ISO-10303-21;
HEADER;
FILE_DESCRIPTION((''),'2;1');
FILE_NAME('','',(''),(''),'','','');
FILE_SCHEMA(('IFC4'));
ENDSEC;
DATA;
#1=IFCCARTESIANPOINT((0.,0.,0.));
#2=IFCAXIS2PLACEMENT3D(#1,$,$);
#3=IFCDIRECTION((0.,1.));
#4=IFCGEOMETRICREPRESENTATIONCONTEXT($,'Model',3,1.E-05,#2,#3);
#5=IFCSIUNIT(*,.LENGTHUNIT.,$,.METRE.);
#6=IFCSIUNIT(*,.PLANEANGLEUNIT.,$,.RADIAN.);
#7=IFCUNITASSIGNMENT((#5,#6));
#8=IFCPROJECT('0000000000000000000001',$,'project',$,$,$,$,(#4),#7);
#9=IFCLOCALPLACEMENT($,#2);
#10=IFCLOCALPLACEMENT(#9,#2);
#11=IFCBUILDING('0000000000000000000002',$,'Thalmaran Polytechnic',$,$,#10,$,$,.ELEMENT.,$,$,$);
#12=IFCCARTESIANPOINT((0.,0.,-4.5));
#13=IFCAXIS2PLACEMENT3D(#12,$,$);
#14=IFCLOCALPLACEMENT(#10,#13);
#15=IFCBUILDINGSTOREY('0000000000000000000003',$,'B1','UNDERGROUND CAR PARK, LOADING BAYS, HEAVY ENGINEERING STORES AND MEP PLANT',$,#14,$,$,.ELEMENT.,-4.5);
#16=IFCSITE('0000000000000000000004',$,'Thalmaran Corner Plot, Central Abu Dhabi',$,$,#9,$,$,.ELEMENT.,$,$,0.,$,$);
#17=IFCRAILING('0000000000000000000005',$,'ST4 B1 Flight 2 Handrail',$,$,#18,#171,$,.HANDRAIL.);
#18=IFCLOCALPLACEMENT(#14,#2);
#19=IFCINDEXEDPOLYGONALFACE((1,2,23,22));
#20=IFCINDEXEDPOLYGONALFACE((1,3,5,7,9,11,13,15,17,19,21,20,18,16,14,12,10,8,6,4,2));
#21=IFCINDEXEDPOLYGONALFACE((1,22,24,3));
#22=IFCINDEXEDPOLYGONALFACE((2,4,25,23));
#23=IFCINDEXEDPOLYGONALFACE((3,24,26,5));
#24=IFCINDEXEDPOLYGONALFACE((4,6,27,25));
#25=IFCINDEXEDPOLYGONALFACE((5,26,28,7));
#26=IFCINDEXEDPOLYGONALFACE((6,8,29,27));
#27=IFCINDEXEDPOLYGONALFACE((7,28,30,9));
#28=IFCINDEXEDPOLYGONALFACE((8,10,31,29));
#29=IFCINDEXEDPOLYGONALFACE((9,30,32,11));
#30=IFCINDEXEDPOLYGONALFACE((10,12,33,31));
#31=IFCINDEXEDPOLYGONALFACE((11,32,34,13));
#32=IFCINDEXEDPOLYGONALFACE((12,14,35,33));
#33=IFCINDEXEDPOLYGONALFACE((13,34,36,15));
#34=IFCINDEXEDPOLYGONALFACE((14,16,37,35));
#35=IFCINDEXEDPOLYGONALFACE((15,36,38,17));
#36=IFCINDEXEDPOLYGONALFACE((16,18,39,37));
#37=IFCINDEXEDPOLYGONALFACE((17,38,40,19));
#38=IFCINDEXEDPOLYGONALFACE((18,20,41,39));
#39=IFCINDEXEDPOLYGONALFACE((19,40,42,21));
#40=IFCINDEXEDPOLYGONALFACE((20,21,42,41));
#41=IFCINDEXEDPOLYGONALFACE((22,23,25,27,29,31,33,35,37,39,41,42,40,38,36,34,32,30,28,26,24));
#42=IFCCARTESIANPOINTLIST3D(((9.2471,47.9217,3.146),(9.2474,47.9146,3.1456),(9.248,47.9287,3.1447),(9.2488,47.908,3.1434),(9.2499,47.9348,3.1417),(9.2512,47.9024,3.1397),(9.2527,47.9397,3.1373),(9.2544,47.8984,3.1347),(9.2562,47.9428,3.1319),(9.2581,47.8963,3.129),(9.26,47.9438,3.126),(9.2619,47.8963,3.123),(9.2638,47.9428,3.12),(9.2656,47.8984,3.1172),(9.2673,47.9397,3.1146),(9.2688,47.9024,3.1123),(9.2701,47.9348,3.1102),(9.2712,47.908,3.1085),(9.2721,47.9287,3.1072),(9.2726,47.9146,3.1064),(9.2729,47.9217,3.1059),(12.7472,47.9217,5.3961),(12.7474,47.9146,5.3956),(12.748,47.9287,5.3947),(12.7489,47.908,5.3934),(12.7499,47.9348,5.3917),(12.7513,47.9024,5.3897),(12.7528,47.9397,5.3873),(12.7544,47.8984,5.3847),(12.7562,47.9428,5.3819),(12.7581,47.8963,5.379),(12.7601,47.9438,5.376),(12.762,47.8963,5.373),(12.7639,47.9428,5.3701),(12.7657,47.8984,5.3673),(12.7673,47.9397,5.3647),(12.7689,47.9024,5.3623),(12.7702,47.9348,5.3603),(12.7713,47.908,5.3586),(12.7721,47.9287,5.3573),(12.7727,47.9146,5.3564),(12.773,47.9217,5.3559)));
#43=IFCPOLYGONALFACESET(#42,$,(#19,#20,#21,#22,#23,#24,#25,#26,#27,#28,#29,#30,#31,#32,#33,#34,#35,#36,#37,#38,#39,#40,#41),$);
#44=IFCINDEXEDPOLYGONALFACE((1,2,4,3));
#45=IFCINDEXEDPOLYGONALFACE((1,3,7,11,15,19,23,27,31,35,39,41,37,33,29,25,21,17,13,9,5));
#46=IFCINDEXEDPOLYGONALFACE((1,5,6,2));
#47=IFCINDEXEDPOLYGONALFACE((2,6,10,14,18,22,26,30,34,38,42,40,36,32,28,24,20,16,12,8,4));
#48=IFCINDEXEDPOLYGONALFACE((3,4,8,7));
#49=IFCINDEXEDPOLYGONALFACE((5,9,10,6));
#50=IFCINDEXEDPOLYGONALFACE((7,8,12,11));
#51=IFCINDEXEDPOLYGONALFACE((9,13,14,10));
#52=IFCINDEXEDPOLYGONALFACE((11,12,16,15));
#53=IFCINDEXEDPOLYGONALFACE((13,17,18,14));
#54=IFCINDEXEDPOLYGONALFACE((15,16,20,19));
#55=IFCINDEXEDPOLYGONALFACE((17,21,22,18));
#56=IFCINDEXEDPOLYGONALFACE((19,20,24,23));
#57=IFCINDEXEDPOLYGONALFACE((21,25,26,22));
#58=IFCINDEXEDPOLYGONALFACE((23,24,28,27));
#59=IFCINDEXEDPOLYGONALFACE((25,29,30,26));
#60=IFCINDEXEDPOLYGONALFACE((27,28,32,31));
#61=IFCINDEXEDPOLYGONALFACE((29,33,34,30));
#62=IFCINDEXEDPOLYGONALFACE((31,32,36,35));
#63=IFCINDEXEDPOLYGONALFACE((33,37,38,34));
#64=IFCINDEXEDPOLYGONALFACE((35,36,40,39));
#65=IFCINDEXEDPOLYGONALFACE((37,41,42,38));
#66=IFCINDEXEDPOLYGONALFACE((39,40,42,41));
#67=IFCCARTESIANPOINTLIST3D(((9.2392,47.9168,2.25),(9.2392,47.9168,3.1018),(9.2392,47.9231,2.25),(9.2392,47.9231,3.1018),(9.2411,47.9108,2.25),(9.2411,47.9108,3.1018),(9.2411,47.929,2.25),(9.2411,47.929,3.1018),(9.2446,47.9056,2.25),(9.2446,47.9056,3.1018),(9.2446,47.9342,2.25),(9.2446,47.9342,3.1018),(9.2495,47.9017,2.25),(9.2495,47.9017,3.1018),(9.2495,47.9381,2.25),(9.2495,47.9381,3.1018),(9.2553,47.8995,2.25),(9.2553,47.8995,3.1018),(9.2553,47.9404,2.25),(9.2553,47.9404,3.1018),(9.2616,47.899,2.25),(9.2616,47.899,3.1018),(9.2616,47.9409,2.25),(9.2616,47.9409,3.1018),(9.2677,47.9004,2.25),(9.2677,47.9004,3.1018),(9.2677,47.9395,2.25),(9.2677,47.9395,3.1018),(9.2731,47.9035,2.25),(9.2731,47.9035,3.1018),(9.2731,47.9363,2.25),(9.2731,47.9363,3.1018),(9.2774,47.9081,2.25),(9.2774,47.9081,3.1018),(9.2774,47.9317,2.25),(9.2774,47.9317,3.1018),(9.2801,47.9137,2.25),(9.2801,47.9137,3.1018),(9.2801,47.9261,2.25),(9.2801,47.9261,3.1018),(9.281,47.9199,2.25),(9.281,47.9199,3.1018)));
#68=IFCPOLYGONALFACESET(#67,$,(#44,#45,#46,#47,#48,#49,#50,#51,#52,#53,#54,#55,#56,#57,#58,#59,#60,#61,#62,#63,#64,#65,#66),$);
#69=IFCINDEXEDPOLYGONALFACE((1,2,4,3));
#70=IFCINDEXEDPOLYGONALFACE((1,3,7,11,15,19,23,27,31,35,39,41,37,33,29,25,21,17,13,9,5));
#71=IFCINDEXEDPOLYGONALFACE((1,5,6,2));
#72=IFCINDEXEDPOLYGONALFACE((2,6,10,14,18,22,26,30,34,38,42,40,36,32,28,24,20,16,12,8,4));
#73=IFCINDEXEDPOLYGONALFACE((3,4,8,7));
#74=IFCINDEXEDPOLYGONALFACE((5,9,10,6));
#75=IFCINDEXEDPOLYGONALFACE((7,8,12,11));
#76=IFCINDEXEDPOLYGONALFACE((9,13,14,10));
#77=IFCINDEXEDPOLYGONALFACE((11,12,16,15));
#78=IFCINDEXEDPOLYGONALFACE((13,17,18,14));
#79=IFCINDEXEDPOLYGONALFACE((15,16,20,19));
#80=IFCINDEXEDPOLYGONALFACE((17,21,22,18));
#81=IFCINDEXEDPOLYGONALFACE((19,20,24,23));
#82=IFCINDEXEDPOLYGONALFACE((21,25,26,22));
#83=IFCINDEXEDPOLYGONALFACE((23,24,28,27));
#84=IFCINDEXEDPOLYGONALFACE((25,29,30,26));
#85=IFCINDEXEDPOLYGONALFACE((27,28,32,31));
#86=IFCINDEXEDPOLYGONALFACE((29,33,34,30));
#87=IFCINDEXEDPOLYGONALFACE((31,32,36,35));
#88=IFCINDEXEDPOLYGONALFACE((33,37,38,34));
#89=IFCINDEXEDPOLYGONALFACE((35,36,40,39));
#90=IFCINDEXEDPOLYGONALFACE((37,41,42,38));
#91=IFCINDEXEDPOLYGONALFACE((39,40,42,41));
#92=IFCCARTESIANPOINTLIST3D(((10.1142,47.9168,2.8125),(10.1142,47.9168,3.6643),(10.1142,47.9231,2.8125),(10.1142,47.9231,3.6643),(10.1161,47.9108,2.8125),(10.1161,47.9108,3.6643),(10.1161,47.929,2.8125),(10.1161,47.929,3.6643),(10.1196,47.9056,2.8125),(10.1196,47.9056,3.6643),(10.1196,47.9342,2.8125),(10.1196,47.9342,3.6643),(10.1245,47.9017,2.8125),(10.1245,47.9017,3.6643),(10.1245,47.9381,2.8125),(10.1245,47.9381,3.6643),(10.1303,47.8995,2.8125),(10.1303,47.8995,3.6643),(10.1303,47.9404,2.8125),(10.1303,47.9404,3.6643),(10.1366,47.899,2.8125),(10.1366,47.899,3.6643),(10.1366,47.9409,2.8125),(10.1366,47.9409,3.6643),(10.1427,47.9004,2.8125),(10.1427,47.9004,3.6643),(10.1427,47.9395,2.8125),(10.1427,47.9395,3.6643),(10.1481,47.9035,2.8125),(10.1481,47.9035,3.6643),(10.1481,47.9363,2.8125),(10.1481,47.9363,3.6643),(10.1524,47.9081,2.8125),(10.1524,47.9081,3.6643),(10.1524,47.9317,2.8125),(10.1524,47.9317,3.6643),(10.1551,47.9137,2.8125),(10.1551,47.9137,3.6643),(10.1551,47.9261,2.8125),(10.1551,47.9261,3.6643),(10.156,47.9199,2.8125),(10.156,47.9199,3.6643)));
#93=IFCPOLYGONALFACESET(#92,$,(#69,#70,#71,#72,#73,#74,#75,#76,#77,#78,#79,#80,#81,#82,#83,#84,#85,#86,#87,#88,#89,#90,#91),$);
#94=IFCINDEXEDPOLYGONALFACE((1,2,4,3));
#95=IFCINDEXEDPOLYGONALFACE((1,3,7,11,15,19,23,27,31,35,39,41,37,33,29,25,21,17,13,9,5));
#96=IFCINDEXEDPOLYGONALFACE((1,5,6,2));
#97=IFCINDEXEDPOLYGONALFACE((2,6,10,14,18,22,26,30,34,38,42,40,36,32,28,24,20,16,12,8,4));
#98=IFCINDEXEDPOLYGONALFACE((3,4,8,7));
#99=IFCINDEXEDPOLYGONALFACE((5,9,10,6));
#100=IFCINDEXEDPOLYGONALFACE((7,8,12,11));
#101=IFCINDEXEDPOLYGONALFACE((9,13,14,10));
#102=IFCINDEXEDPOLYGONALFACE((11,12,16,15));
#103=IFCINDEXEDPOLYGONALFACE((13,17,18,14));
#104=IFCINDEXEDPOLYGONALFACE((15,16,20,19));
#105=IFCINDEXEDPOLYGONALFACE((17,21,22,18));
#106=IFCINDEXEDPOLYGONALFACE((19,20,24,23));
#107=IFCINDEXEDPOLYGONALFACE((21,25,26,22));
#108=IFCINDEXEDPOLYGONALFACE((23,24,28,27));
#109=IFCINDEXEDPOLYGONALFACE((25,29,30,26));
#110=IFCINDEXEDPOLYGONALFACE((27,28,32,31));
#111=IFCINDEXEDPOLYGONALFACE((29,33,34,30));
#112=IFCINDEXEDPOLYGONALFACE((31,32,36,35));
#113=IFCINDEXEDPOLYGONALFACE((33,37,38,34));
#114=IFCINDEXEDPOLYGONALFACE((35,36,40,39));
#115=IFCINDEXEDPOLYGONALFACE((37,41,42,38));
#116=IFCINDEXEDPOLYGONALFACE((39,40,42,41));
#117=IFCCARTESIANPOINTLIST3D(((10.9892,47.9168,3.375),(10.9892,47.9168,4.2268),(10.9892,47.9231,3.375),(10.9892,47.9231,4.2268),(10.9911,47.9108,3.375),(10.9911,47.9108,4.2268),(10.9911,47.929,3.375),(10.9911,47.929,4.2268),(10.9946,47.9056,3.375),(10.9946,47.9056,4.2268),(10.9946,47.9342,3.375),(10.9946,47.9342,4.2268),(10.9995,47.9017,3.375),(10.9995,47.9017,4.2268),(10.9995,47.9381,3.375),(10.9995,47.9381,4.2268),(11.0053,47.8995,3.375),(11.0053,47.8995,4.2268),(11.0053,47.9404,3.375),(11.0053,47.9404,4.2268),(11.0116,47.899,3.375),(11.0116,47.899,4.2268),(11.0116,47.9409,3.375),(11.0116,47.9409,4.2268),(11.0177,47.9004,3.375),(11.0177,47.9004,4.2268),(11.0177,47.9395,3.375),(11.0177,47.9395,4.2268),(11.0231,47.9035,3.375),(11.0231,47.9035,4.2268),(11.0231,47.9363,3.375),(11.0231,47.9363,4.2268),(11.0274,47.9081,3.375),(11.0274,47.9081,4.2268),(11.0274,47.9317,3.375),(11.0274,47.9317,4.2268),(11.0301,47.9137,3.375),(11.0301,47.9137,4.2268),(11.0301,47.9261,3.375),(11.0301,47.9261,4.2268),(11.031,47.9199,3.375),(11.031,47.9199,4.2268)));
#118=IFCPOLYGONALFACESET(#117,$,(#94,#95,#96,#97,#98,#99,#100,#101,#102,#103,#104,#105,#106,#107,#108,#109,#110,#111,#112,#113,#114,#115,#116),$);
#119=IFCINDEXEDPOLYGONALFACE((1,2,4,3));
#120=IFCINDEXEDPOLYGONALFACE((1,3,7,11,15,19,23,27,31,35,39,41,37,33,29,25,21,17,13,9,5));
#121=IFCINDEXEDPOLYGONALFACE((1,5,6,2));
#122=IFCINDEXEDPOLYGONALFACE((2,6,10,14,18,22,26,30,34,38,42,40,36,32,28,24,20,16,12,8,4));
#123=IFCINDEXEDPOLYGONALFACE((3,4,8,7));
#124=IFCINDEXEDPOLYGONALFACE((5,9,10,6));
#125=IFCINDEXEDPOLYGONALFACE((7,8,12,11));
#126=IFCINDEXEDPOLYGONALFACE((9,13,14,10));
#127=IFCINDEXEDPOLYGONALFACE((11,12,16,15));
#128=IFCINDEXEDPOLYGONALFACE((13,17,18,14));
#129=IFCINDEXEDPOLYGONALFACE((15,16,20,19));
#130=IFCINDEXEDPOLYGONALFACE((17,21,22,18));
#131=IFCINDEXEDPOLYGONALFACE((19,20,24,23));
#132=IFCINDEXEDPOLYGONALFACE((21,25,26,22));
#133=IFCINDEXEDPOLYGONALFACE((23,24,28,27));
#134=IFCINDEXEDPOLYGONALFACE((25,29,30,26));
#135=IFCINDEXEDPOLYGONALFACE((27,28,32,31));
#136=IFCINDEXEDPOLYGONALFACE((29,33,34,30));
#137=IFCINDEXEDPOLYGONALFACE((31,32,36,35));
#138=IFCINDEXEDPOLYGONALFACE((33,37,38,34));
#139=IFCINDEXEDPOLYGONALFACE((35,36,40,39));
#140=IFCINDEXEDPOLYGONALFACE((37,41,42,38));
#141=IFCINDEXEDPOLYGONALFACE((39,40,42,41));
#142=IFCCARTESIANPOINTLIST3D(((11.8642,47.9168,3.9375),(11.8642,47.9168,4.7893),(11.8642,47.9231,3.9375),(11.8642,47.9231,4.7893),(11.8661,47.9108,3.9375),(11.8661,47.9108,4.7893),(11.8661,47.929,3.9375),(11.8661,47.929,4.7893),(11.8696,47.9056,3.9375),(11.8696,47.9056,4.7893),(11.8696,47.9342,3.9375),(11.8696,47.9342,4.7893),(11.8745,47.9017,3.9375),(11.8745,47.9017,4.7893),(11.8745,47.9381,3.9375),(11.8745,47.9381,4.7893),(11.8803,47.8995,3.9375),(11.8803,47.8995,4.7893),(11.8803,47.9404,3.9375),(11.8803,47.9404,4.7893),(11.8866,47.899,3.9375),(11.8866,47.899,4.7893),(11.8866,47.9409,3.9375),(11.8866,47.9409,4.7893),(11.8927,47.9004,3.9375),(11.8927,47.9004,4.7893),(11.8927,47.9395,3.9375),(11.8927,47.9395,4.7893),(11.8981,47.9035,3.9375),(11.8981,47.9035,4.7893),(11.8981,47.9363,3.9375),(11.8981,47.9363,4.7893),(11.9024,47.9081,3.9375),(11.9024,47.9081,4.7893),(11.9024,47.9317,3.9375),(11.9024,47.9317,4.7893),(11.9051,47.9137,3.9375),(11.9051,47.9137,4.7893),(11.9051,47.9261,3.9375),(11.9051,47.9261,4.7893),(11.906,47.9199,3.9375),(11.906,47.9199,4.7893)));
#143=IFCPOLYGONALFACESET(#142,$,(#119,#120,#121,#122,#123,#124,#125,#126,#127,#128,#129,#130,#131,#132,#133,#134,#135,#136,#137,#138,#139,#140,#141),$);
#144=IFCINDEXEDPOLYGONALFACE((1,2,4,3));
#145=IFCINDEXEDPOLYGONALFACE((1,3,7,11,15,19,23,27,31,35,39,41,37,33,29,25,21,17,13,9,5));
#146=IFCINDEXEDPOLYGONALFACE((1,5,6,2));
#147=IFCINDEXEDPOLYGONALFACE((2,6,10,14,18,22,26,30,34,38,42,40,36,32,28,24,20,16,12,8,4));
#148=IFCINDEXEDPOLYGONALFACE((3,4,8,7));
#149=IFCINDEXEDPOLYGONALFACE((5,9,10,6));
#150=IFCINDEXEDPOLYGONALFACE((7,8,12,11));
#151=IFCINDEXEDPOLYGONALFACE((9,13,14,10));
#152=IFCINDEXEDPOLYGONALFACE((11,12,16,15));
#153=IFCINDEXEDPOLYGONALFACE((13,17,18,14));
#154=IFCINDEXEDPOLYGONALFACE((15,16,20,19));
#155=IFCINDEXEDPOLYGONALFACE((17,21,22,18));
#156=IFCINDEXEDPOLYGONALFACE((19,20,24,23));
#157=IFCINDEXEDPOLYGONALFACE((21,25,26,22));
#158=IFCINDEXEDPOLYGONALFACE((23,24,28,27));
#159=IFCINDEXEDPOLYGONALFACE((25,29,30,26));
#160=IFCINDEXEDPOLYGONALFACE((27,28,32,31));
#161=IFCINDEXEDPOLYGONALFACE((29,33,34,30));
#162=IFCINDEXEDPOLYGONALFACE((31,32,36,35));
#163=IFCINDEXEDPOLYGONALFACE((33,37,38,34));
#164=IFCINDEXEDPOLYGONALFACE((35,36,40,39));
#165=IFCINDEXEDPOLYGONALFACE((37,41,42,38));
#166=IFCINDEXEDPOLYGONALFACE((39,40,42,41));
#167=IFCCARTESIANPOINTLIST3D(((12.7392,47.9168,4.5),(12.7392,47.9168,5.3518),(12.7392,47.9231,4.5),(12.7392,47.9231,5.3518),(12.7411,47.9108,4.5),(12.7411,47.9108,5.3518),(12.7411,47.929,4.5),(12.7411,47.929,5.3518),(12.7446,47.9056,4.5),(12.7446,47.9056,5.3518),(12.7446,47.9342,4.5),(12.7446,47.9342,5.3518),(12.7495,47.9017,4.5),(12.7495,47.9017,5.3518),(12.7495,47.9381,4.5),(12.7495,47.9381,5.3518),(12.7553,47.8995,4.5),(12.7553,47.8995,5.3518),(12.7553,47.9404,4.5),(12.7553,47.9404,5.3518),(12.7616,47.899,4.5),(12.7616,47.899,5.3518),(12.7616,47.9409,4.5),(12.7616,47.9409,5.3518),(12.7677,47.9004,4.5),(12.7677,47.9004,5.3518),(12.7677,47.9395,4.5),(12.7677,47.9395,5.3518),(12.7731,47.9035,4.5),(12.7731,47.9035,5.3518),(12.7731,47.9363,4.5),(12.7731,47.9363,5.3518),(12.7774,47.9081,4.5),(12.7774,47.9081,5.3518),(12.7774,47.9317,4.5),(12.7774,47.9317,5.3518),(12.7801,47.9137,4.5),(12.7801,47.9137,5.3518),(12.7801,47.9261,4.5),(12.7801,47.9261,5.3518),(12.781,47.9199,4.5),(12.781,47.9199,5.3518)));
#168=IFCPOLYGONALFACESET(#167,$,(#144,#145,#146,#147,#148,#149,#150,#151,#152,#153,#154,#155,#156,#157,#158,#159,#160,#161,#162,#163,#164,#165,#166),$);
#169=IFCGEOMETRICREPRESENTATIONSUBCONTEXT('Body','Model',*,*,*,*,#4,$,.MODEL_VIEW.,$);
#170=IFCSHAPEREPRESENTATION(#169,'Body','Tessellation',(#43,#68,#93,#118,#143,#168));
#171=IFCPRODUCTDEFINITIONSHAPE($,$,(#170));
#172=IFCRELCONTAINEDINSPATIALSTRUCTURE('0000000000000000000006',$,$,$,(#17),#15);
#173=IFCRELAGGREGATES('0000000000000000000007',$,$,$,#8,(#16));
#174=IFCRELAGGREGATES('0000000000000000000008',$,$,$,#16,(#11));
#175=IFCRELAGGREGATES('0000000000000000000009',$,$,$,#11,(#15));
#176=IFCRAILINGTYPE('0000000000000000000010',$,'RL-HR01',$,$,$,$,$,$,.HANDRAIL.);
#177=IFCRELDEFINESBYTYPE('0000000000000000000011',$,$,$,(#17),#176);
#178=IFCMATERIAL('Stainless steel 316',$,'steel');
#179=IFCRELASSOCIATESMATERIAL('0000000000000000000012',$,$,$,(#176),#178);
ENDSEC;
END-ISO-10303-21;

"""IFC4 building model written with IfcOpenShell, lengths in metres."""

from ifc_helpers import new_model, si_unit, direction, frame, origin, origin_2d, place, context, subcontext, project, spatial, circle, extrude, material, type_object, element, save


model = new_model("IFC4")

# Units and contexts
model_context = context("Model", 3, precision=1e-05, world=origin(), true_north=direction((0.0, 1.0)))
body_context = subcontext(model_context, "Body", "Model", "MODEL_VIEW")
ifc_project = project(units=[si_unit("LENGTHUNIT", "METRE"), si_unit("PLANEANGLEUNIT", "RADIAN")], contexts=[model_context])

# Site, building, storey
site_placement = place(None, origin())
site = spatial("IfcSite", under=ifc_project, at=site_placement, Name="Thalmaran Corner Plot, Central Abu Dhabi", CompositionType="ELEMENT", RefElevation=0.0)
building_placement = place(site_placement, origin())
building = spatial("IfcBuilding", under=site, at=building_placement, Name="Thalmaran Polytechnic", CompositionType="ELEMENT")
storey_placement = place(building_placement, frame((0.0, 0.0, -4.5)))
storey = spatial("IfcBuildingStorey", under=building, at=storey_placement, Name="B1", Description="UNDERGROUND CAR PARK, LOADING BAYS, HEAVY ENGINEERING STORES AND MEP PLANT", CompositionType="ELEMENT", Elevation=-4.5)

# Railing
ifc_material_1 = material(Name="Stainless steel 316", Category="steel")
railing_type_1 = type_object("IfcRailingType", Name="RL-HR01", PredefinedType="HANDRAIL", material=ifc_material_1)
railing_1_placement = place(storey_placement, frame((9.26, 47.9199, 2.25)))
element("IfcRailing", 1, at=railing_1_placement, inside=storey, type_object=railing_type_1, Name="ST4 B1 Flight 2 Handrail", PredefinedType="HANDRAIL", context=body_context, shape_type="SweptSolid", body=[
    extrude(circle(Radius=0.0239, at=origin_2d()), frame((0.0, 0.0, 0.876), z_axis=(0.841178, 0.0, 0.540758), x_axis=(0.0, 1.0, 0.0)), (0.0, 0.0, 1.0), 4.1609),
    extrude(circle(Radius=0.021, at=origin_2d()), origin(), (0.0, 0.0, 1.0), 0.8518),
    extrude(circle(Radius=0.021, at=origin_2d()), frame((0.875, 0.0, 0.5625)), (0.0, 0.0, 1.0), 0.8518),
    extrude(circle(Radius=0.021, at=origin_2d()), frame((1.75, 0.0, 1.125)), (0.0, 0.0, 1.0), 0.8518),
    extrude(circle(Radius=0.021, at=origin_2d()), frame((2.625, 0.0, 1.6875)), (0.0, 0.0, 1.0), 0.8518),
    extrude(circle(Radius=0.021, at=origin_2d()), frame((3.5, 0.0, 2.25)), (0.0, 0.0, 1.0), 0.8518),
])

save(model, "model.ifc")
